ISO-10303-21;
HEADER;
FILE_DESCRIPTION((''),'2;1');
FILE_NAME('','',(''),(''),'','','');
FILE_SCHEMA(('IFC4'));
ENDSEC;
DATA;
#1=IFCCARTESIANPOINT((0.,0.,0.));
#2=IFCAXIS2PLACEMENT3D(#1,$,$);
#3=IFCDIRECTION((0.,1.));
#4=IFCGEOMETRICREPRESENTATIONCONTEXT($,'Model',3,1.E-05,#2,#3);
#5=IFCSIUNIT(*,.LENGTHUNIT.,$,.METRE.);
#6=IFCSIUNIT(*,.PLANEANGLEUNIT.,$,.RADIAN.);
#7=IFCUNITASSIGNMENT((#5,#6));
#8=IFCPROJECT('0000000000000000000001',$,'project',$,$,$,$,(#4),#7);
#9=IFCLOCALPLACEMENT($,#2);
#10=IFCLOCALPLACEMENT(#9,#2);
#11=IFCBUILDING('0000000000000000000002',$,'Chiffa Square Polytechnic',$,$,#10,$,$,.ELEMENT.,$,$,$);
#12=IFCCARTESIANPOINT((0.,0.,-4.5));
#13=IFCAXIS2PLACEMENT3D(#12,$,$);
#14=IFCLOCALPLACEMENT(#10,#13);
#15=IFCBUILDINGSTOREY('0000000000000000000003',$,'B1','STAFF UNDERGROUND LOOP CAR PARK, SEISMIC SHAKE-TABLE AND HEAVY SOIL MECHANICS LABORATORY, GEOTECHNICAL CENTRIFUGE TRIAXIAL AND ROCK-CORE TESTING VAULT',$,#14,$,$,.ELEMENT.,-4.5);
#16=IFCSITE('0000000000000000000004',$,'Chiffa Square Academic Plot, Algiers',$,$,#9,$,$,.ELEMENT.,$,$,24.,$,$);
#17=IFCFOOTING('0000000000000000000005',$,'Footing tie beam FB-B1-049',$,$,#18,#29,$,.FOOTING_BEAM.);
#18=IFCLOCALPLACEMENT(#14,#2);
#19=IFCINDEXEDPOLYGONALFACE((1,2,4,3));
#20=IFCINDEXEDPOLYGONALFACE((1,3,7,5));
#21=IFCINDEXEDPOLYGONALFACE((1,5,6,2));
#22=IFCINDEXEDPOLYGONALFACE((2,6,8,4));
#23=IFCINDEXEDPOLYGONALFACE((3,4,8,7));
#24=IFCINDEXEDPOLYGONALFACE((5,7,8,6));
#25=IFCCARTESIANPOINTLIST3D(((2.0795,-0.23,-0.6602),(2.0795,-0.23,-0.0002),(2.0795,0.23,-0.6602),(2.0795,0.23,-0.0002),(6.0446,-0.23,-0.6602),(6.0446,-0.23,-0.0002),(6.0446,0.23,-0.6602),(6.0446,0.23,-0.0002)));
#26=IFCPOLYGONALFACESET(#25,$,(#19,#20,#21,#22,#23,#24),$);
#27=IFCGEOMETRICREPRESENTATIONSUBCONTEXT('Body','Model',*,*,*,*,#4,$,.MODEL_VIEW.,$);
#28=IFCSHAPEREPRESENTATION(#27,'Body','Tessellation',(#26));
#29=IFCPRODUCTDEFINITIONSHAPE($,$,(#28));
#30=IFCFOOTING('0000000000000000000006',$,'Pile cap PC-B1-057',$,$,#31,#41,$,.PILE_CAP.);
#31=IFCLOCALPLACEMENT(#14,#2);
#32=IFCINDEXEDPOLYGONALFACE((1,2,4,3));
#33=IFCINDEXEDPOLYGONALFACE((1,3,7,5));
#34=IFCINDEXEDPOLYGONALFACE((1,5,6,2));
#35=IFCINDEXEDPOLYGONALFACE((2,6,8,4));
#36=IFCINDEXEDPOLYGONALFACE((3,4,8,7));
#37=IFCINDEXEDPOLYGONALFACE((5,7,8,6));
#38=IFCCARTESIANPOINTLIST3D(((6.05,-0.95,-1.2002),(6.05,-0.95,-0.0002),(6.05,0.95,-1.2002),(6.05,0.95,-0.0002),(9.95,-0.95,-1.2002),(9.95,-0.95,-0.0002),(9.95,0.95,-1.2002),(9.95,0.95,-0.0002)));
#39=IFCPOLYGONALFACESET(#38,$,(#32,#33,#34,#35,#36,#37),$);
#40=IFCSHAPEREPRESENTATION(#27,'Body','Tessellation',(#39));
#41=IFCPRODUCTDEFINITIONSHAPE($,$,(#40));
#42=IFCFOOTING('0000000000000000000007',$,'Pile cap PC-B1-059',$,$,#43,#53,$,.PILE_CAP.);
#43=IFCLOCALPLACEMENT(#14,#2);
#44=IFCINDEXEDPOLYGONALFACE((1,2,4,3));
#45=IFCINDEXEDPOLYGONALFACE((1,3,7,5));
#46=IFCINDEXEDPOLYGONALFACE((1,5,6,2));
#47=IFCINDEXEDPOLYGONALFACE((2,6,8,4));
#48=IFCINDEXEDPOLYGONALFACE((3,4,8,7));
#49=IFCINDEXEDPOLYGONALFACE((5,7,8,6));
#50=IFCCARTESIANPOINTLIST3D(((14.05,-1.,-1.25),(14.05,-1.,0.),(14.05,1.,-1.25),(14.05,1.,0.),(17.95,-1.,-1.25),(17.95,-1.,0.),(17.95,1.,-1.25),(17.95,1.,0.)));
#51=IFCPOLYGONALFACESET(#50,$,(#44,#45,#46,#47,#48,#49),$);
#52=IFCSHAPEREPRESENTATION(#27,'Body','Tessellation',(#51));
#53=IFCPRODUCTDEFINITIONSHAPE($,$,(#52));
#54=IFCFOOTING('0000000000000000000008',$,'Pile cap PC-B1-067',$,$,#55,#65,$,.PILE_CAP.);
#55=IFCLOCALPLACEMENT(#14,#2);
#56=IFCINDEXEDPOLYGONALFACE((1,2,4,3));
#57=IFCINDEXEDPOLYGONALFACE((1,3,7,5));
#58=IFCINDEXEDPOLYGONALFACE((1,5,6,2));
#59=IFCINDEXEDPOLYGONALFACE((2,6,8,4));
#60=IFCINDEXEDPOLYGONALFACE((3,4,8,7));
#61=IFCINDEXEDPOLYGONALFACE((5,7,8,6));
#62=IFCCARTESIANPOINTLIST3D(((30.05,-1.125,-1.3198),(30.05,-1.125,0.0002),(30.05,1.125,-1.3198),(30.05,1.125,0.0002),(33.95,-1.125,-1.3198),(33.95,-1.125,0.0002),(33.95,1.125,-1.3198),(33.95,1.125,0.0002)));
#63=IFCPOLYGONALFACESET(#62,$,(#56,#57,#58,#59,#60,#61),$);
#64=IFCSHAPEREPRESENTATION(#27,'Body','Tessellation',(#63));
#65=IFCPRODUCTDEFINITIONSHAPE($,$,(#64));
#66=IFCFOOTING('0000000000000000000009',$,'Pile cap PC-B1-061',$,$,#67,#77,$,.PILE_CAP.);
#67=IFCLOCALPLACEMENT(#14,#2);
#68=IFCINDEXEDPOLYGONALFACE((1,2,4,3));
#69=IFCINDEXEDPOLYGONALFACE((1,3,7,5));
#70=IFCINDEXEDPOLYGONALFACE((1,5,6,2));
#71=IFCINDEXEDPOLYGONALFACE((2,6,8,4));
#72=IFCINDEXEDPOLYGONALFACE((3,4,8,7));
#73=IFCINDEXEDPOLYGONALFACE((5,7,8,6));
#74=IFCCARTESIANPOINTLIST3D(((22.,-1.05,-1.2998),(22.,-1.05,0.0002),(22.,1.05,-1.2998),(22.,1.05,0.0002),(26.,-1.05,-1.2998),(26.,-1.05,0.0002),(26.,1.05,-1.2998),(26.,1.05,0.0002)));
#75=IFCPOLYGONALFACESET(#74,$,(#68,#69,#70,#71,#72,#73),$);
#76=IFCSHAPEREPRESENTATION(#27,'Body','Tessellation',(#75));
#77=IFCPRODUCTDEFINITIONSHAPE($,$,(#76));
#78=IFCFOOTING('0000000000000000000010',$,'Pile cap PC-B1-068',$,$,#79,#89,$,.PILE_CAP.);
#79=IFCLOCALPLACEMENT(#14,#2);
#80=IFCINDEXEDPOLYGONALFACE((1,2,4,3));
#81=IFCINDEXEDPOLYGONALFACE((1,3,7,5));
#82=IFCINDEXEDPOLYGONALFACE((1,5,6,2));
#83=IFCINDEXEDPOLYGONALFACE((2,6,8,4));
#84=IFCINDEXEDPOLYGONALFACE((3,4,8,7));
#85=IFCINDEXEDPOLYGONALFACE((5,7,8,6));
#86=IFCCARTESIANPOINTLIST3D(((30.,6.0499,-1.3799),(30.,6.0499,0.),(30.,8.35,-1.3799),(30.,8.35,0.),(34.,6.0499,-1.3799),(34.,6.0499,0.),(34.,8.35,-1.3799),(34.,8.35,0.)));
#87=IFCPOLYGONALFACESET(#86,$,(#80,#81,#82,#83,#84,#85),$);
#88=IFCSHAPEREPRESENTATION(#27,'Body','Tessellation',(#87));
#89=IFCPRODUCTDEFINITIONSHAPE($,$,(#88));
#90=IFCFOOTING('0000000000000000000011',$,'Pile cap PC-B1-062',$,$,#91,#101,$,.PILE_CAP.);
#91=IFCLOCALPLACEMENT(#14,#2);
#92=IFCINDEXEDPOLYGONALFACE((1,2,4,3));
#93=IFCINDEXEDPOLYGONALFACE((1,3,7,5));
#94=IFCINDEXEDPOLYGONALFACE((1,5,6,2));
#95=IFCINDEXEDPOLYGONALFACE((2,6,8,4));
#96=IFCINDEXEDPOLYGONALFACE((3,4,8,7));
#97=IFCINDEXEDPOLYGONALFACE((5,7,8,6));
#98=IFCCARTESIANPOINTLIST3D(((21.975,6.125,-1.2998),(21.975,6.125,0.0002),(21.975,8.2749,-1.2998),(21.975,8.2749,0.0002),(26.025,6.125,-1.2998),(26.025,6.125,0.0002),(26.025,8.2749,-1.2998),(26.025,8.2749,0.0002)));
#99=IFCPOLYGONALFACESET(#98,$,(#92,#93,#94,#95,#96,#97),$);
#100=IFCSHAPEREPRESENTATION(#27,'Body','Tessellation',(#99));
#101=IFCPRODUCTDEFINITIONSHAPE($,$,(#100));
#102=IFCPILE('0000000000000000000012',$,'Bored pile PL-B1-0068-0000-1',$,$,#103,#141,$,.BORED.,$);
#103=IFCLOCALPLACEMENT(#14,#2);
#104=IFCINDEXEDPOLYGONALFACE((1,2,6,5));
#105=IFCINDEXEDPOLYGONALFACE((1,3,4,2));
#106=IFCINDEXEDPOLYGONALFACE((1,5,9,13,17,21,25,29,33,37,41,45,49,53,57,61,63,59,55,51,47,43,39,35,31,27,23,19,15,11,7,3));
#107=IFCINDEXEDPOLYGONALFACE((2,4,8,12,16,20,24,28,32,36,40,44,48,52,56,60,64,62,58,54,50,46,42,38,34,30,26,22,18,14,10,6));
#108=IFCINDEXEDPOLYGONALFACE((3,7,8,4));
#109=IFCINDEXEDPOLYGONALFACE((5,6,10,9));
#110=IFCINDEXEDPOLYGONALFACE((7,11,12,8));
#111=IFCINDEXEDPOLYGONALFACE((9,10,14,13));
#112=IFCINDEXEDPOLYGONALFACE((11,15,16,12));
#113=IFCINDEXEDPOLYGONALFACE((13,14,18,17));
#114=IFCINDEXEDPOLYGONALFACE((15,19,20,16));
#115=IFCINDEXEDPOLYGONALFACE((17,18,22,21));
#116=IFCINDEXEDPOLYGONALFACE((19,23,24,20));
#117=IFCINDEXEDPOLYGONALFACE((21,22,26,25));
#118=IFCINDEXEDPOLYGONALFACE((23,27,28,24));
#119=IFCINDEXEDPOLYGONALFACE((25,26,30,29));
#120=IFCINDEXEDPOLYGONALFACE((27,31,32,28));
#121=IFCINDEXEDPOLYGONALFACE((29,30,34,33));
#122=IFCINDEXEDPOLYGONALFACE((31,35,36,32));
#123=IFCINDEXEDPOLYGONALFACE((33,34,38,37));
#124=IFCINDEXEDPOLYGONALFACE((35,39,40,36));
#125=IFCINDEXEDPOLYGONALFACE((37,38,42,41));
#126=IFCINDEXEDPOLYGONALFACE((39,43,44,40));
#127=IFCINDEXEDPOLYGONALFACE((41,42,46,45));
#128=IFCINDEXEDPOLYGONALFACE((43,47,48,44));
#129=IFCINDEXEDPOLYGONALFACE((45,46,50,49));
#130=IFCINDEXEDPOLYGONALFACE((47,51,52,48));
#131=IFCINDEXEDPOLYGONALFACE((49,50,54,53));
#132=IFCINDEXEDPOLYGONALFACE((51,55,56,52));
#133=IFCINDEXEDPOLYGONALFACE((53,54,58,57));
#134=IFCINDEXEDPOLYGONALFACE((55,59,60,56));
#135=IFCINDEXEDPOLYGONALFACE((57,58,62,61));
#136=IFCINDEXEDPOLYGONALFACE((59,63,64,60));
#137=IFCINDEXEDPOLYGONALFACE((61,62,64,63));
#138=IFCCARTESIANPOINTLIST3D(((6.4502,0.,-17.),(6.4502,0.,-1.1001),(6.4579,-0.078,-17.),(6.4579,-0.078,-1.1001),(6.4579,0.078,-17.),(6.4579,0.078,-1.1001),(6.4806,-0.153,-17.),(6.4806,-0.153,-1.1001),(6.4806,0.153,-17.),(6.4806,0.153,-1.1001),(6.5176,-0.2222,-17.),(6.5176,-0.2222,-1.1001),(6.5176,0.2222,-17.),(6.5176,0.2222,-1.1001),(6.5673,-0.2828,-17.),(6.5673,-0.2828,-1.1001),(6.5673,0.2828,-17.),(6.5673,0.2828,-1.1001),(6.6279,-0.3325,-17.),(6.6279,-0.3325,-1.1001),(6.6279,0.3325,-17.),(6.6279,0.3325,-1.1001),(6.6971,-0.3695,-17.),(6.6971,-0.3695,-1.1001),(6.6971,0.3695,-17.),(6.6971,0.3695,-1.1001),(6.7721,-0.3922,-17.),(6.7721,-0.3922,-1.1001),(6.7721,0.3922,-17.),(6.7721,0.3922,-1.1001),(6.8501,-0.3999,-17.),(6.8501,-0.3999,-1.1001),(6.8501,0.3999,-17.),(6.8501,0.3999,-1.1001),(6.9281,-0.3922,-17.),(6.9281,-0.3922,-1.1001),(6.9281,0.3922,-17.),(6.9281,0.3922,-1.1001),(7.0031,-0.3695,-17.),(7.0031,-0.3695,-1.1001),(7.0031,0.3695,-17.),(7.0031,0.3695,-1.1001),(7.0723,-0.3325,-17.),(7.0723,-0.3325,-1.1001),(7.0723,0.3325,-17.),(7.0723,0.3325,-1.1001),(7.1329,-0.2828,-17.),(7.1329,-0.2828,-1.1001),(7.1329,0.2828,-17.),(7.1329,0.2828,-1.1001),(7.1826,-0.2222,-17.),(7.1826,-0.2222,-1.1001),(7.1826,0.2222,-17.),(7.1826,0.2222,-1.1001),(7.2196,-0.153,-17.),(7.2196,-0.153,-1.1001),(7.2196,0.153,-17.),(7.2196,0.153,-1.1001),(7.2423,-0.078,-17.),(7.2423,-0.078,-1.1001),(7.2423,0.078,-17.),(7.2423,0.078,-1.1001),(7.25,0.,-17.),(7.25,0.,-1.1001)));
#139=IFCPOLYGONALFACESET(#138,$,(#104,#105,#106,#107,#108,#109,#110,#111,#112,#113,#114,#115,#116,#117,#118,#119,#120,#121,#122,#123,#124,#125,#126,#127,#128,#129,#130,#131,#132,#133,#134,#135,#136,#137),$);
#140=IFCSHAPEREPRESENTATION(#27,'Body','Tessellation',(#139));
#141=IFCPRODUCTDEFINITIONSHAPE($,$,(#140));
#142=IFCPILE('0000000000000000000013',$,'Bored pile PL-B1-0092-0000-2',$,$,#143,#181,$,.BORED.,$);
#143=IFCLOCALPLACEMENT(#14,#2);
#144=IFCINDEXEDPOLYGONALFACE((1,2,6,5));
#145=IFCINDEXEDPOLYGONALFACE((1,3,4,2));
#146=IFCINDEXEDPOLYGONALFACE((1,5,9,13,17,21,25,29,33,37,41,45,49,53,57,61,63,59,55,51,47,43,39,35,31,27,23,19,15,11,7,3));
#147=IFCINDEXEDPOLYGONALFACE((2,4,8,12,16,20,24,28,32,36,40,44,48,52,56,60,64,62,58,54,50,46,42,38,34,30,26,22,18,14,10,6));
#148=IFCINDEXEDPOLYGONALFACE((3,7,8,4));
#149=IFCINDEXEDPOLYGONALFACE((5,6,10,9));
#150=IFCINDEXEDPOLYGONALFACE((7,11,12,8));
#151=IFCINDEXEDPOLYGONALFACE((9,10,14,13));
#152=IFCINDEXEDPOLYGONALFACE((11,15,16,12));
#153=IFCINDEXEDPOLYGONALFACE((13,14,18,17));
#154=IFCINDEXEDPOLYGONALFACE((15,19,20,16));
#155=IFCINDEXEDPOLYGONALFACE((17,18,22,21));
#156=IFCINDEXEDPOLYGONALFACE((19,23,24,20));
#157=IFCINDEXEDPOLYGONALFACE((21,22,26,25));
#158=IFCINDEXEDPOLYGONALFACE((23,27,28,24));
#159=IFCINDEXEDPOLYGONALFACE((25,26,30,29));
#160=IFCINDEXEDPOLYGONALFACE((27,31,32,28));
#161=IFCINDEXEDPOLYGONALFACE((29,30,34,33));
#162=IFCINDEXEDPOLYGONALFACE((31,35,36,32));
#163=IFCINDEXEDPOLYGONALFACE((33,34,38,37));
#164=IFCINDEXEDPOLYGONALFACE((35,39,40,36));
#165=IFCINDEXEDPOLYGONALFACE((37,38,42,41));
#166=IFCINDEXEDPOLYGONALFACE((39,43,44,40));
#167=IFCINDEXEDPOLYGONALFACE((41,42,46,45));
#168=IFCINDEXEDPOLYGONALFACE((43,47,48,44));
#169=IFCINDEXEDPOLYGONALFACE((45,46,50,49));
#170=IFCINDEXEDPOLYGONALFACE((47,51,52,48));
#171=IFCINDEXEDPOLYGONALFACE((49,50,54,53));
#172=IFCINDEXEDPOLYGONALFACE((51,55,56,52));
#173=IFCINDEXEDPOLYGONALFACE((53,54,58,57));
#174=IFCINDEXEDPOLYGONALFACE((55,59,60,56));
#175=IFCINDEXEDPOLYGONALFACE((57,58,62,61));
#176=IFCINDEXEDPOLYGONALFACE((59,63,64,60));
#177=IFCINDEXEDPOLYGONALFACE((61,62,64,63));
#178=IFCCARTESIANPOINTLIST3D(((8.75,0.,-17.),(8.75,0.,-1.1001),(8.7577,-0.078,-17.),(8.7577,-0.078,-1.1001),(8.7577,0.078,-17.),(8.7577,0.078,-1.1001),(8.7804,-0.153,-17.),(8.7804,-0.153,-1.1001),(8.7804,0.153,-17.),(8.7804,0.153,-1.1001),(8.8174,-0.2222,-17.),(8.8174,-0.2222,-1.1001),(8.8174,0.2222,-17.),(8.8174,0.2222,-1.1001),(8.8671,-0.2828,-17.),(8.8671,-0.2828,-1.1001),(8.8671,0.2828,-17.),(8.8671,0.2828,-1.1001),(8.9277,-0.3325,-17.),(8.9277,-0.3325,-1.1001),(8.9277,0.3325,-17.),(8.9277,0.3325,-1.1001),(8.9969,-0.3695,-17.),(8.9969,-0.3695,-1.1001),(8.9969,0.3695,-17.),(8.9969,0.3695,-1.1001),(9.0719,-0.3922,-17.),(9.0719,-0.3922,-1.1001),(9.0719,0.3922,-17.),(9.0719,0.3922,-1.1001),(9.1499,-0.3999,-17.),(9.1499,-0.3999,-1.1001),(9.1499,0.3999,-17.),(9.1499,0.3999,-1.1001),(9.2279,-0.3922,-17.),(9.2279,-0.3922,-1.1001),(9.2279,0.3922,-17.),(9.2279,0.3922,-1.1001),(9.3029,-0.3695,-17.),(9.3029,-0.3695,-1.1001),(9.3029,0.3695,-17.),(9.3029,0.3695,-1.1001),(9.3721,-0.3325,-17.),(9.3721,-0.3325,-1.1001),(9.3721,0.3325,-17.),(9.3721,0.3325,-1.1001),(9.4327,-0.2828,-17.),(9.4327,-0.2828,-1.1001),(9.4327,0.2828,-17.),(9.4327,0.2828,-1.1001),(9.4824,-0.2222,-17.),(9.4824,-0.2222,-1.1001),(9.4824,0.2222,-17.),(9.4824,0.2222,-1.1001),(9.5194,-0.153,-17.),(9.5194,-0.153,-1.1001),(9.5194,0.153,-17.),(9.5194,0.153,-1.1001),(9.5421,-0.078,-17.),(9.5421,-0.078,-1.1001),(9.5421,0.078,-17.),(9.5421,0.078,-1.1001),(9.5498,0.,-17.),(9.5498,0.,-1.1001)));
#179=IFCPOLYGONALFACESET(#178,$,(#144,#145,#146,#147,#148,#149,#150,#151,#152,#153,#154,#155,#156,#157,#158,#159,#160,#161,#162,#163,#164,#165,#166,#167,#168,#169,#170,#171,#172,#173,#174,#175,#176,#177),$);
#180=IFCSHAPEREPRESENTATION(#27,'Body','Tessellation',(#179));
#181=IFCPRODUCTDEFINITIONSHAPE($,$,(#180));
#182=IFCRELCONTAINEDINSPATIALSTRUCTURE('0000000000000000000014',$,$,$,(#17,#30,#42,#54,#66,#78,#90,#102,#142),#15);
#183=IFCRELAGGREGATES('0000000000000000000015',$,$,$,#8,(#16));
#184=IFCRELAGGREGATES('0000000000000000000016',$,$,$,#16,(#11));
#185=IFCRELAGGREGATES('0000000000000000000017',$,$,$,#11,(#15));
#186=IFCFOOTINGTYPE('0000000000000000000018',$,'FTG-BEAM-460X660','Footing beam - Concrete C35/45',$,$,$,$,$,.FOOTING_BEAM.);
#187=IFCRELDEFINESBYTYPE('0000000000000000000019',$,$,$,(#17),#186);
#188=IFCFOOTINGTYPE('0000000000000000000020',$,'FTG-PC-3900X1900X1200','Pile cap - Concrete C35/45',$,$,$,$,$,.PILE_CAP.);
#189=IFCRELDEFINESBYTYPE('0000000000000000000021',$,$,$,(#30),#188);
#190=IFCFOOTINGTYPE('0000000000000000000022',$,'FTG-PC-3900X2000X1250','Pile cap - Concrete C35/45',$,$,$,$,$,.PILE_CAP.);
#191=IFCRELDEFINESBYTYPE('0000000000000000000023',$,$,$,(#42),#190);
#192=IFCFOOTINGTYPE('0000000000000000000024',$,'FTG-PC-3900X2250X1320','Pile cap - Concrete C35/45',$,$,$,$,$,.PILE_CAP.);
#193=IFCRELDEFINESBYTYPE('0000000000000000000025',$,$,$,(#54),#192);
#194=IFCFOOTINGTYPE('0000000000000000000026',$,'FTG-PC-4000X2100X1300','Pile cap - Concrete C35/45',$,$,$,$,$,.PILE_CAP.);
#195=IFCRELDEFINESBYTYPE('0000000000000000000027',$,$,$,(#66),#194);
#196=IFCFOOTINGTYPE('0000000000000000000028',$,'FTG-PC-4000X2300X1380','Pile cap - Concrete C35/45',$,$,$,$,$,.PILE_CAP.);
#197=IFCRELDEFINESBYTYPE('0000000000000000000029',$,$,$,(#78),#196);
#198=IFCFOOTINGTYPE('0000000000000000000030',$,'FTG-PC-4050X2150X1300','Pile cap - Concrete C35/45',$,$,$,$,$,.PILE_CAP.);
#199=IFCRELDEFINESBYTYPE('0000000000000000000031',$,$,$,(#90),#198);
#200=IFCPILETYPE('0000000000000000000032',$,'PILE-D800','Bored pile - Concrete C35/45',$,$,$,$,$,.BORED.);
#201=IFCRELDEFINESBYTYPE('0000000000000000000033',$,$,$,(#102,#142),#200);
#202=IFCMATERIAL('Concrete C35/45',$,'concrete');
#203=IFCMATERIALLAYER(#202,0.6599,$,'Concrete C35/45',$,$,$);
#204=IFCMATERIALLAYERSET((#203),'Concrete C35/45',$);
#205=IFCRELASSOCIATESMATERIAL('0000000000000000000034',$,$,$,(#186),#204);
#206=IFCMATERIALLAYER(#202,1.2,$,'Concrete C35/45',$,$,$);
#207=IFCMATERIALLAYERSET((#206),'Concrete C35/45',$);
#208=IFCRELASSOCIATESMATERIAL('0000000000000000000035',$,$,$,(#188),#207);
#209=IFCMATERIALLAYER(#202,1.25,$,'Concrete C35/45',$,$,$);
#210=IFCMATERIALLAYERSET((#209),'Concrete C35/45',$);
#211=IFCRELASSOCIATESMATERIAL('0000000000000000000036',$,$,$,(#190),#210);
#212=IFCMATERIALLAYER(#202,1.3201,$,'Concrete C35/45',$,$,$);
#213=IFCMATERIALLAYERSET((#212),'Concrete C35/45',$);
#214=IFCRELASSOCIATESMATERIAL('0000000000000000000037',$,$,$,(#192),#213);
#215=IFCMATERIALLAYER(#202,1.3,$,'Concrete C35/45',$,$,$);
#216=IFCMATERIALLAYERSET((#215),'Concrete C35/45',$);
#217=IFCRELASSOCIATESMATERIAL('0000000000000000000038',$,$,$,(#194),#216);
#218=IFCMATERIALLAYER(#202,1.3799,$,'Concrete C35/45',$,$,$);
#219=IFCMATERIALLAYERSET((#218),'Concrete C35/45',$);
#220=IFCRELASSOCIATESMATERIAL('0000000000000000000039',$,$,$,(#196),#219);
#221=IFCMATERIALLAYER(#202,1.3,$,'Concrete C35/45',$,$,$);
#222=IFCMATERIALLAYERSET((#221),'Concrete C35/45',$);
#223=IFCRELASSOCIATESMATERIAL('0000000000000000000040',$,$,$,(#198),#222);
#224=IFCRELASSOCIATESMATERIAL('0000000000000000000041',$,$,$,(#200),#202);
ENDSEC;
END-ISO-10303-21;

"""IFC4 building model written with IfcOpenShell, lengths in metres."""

from ifc_helpers import new_model, si_unit, direction, frame, origin, origin_2d, place, context, subcontext, project, spatial, rectangle, circle, extrude, material, layer, layer_set, material_profile, profile_set, type_object, element, save


model = new_model("IFC4")

# Units and contexts
model_context = context("Model", 3, precision=1e-05, world=origin(), true_north=direction((0.0, 1.0)))
body_context = subcontext(model_context, "Body", "Model", "MODEL_VIEW")
ifc_project = project(units=[si_unit("LENGTHUNIT", "METRE"), si_unit("PLANEANGLEUNIT", "RADIAN")], contexts=[model_context])

# Site, building, storey
site_placement = place(None, origin())
site = spatial("IfcSite", under=ifc_project, at=site_placement, Name="Chiffa Square Academic Plot, Algiers", CompositionType="ELEMENT", RefElevation=24.0)
building_placement = place(site_placement, origin())
building = spatial("IfcBuilding", under=site, at=building_placement, Name="Chiffa Square Polytechnic", CompositionType="ELEMENT")
storey_placement = place(building_placement, frame((0.0, 0.0, -4.5)))
storey = spatial("IfcBuildingStorey", under=building, at=storey_placement, Name="B1", Description="STAFF UNDERGROUND LOOP CAR PARK, SEISMIC SHAKE-TABLE AND HEAVY SOIL MECHANICS LABORATORY, GEOTECHNICAL CENTRIFUGE TRIAXIAL AND ROCK-CORE TESTING VAULT", CompositionType="ELEMENT", Elevation=-4.5)

# Footings
ifc_material = material(Name="Concrete C35/45", Category="concrete")
ifc_layer_1 = layer(ifc_material, 0.6599, Name="Concrete C35/45")
ifc_layer_set_1 = layer_set([ifc_layer_1], Name="Concrete C35/45")
footing_type_1 = type_object("IfcFootingType", Name="FTG-BEAM-460X660", Description="Footing beam - Concrete C35/45", PredefinedType="FOOTING_BEAM", material=ifc_layer_set_1)
footing_1_placement = place(storey_placement, frame((4.062, 0.0, -0.6602), z_axis=(0.0, 0.0, 1.0), x_axis=(1.0, 0.0, 0.0)))
element("IfcFooting", 1, at=footing_1_placement, inside=storey, type_object=footing_type_1, Name="Footing tie beam FB-B1-049", PredefinedType="FOOTING_BEAM", context=body_context, shape_type="SweptSolid", body=[
    extrude(rectangle(XDim=3.9651, YDim=0.46, at=origin_2d()), origin(), (0.0, 0.0, 1.0), 0.6599),
])
ifc_layer_2 = layer(ifc_material, 1.2, Name="Concrete C35/45")
ifc_layer_set_2 = layer_set([ifc_layer_2], Name="Concrete C35/45")
footing_type_2 = type_object("IfcFootingType", Name="FTG-PC-3900X1900X1200", Description="Pile cap - Concrete C35/45", PredefinedType="PILE_CAP", material=ifc_layer_set_2)
footing_2_placement = place(storey_placement, frame((8.0, 0.0, -1.2002), z_axis=(0.0, 0.0, 1.0), x_axis=(1.0, 0.0, 0.0)))
element("IfcFooting", 2, at=footing_2_placement, inside=storey, type_object=footing_type_2, Name="Pile cap PC-B1-057", PredefinedType="PILE_CAP", context=body_context, shape_type="SweptSolid", body=[
    extrude(rectangle(XDim=3.8999, YDim=1.8999, at=origin_2d()), origin(), (0.0, 0.0, 1.0), 1.2),
])
ifc_layer_3 = layer(ifc_material, 1.25, Name="Concrete C35/45")
ifc_layer_set_3 = layer_set([ifc_layer_3], Name="Concrete C35/45")
footing_type_3 = type_object("IfcFootingType", Name="FTG-PC-3900X2000X1250", Description="Pile cap - Concrete C35/45", PredefinedType="PILE_CAP", material=ifc_layer_set_3)
footing_3_placement = place(storey_placement, frame((16.0, 0.0, -1.25), z_axis=(0.0, 0.0, 1.0), x_axis=(1.0, 0.0, 0.0)))
element("IfcFooting", 3, at=footing_3_placement, inside=storey, type_object=footing_type_3, Name="Pile cap PC-B1-059", PredefinedType="PILE_CAP", context=body_context, shape_type="SweptSolid", body=[
    extrude(rectangle(XDim=3.8999, YDim=2.0, at=origin_2d()), origin(), (0.0, 0.0, 1.0), 1.25),
])
ifc_layer_4 = layer(ifc_material, 1.3201, Name="Concrete C35/45")
ifc_layer_set_4 = layer_set([ifc_layer_4], Name="Concrete C35/45")
footing_type_4 = type_object("IfcFootingType", Name="FTG-PC-3900X2250X1320", Description="Pile cap - Concrete C35/45", PredefinedType="PILE_CAP", material=ifc_layer_set_4)
footing_4_placement = place(storey_placement, frame((32.0, 0.0, -1.3198), z_axis=(0.0, 0.0, 1.0), x_axis=(1.0, 0.0, 0.0)))
element("IfcFooting", 4, at=footing_4_placement, inside=storey, type_object=footing_type_4, Name="Pile cap PC-B1-067", PredefinedType="PILE_CAP", context=body_context, shape_type="SweptSolid", body=[
    extrude(rectangle(XDim=3.8999, YDim=2.25, at=origin_2d()), origin(), (0.0, 0.0, 1.0), 1.3201),
])
ifc_layer_5 = layer(ifc_material, 1.3, Name="Concrete C35/45")
ifc_layer_set_5 = layer_set([ifc_layer_5], Name="Concrete C35/45")
footing_type_5 = type_object("IfcFootingType", Name="FTG-PC-4000X2100X1300", Description="Pile cap - Concrete C35/45", PredefinedType="PILE_CAP", material=ifc_layer_set_5)
footing_5_placement = place(storey_placement, frame((24.0, 0.0, -1.2998), z_axis=(0.0, 0.0, 1.0), x_axis=(1.0, 0.0, 0.0)))
element("IfcFooting", 5, at=footing_5_placement, inside=storey, type_object=footing_type_5, Name="Pile cap PC-B1-061", PredefinedType="PILE_CAP", context=body_context, shape_type="SweptSolid", body=[
    extrude(rectangle(XDim=4.0, YDim=2.1001, at=origin_2d()), origin(), (0.0, 0.0, 1.0), 1.3),
])
ifc_layer_6 = layer(ifc_material, 1.3799, Name="Concrete C35/45")
ifc_layer_set_6 = layer_set([ifc_layer_6], Name="Concrete C35/45")
footing_type_6 = type_object("IfcFootingType", Name="FTG-PC-4000X2300X1380", Description="Pile cap - Concrete C35/45", PredefinedType="PILE_CAP", material=ifc_layer_set_6)
footing_6_placement = place(storey_placement, frame((32.0, 7.2, -1.3799), z_axis=(0.0, 0.0, 1.0), x_axis=(1.0, 0.0, 0.0)))
element("IfcFooting", 6, at=footing_6_placement, inside=storey, type_object=footing_type_6, Name="Pile cap PC-B1-068", PredefinedType="PILE_CAP", context=body_context, shape_type="SweptSolid", body=[
    extrude(rectangle(XDim=4.0, YDim=2.3, at=origin_2d()), origin(), (0.0, 0.0, 1.0), 1.3799),
])
ifc_layer_7 = layer(ifc_material, 1.3, Name="Concrete C35/45")
ifc_layer_set_7 = layer_set([ifc_layer_7], Name="Concrete C35/45")
footing_type_7 = type_object("IfcFootingType", Name="FTG-PC-4050X2150X1300", Description="Pile cap - Concrete C35/45", PredefinedType="PILE_CAP", material=ifc_layer_set_7)
footing_7_placement = place(storey_placement, frame((24.0, 7.2, -1.2998), z_axis=(0.0, 0.0, 1.0), x_axis=(1.0, 0.0, 0.0)))
element("IfcFooting", 7, at=footing_7_placement, inside=storey, type_object=footing_type_7, Name="Pile cap PC-B1-062", PredefinedType="PILE_CAP", context=body_context, shape_type="SweptSolid", body=[
    extrude(rectangle(XDim=4.05, YDim=2.1499, at=origin_2d()), origin(), (0.0, 0.0, 1.0), 1.3),
])

# Piles
ifc_material_profile_1 = material_profile(ifc_material, circle(Radius=0.3999, at=origin_2d()), Name="PILE D800")
ifc_profile_set_1 = profile_set([ifc_material_profile_1], Name="Concrete C35/45")
pile_type_1 = type_object("IfcPileType", Name="PILE-D800", Description="Bored pile - Concrete C35/45", PredefinedType="BORED", material=ifc_profile_set_1)
for number, where, z_axis, x_axis, name in (
    (8, (6.8501, 0.0, -1.1001), (0.0, 0.0, -1.0), (1.0, 0.0, 0.0), "Bored pile PL-B1-0068-0000-1"),
    (9, (9.1499, 0.0, -1.1001), (0.0, 0.0, -1.0), (1.0, 0.0, 0.0), "Bored pile PL-B1-0092-0000-2"),
):
    element("IfcPile", number, at=place(storey_placement, frame(where, z_axis=z_axis, x_axis=x_axis)), inside=storey, type_object=pile_type_1, Name=name, PredefinedType="BORED", context=body_context, shape_type="SweptSolid", body=[
        extrude(circle(Radius=0.3999, at=origin_2d()), origin(), (0.0, 0.0, 1.0), 15.8999),
    ])

save(model, "model.ifc")
